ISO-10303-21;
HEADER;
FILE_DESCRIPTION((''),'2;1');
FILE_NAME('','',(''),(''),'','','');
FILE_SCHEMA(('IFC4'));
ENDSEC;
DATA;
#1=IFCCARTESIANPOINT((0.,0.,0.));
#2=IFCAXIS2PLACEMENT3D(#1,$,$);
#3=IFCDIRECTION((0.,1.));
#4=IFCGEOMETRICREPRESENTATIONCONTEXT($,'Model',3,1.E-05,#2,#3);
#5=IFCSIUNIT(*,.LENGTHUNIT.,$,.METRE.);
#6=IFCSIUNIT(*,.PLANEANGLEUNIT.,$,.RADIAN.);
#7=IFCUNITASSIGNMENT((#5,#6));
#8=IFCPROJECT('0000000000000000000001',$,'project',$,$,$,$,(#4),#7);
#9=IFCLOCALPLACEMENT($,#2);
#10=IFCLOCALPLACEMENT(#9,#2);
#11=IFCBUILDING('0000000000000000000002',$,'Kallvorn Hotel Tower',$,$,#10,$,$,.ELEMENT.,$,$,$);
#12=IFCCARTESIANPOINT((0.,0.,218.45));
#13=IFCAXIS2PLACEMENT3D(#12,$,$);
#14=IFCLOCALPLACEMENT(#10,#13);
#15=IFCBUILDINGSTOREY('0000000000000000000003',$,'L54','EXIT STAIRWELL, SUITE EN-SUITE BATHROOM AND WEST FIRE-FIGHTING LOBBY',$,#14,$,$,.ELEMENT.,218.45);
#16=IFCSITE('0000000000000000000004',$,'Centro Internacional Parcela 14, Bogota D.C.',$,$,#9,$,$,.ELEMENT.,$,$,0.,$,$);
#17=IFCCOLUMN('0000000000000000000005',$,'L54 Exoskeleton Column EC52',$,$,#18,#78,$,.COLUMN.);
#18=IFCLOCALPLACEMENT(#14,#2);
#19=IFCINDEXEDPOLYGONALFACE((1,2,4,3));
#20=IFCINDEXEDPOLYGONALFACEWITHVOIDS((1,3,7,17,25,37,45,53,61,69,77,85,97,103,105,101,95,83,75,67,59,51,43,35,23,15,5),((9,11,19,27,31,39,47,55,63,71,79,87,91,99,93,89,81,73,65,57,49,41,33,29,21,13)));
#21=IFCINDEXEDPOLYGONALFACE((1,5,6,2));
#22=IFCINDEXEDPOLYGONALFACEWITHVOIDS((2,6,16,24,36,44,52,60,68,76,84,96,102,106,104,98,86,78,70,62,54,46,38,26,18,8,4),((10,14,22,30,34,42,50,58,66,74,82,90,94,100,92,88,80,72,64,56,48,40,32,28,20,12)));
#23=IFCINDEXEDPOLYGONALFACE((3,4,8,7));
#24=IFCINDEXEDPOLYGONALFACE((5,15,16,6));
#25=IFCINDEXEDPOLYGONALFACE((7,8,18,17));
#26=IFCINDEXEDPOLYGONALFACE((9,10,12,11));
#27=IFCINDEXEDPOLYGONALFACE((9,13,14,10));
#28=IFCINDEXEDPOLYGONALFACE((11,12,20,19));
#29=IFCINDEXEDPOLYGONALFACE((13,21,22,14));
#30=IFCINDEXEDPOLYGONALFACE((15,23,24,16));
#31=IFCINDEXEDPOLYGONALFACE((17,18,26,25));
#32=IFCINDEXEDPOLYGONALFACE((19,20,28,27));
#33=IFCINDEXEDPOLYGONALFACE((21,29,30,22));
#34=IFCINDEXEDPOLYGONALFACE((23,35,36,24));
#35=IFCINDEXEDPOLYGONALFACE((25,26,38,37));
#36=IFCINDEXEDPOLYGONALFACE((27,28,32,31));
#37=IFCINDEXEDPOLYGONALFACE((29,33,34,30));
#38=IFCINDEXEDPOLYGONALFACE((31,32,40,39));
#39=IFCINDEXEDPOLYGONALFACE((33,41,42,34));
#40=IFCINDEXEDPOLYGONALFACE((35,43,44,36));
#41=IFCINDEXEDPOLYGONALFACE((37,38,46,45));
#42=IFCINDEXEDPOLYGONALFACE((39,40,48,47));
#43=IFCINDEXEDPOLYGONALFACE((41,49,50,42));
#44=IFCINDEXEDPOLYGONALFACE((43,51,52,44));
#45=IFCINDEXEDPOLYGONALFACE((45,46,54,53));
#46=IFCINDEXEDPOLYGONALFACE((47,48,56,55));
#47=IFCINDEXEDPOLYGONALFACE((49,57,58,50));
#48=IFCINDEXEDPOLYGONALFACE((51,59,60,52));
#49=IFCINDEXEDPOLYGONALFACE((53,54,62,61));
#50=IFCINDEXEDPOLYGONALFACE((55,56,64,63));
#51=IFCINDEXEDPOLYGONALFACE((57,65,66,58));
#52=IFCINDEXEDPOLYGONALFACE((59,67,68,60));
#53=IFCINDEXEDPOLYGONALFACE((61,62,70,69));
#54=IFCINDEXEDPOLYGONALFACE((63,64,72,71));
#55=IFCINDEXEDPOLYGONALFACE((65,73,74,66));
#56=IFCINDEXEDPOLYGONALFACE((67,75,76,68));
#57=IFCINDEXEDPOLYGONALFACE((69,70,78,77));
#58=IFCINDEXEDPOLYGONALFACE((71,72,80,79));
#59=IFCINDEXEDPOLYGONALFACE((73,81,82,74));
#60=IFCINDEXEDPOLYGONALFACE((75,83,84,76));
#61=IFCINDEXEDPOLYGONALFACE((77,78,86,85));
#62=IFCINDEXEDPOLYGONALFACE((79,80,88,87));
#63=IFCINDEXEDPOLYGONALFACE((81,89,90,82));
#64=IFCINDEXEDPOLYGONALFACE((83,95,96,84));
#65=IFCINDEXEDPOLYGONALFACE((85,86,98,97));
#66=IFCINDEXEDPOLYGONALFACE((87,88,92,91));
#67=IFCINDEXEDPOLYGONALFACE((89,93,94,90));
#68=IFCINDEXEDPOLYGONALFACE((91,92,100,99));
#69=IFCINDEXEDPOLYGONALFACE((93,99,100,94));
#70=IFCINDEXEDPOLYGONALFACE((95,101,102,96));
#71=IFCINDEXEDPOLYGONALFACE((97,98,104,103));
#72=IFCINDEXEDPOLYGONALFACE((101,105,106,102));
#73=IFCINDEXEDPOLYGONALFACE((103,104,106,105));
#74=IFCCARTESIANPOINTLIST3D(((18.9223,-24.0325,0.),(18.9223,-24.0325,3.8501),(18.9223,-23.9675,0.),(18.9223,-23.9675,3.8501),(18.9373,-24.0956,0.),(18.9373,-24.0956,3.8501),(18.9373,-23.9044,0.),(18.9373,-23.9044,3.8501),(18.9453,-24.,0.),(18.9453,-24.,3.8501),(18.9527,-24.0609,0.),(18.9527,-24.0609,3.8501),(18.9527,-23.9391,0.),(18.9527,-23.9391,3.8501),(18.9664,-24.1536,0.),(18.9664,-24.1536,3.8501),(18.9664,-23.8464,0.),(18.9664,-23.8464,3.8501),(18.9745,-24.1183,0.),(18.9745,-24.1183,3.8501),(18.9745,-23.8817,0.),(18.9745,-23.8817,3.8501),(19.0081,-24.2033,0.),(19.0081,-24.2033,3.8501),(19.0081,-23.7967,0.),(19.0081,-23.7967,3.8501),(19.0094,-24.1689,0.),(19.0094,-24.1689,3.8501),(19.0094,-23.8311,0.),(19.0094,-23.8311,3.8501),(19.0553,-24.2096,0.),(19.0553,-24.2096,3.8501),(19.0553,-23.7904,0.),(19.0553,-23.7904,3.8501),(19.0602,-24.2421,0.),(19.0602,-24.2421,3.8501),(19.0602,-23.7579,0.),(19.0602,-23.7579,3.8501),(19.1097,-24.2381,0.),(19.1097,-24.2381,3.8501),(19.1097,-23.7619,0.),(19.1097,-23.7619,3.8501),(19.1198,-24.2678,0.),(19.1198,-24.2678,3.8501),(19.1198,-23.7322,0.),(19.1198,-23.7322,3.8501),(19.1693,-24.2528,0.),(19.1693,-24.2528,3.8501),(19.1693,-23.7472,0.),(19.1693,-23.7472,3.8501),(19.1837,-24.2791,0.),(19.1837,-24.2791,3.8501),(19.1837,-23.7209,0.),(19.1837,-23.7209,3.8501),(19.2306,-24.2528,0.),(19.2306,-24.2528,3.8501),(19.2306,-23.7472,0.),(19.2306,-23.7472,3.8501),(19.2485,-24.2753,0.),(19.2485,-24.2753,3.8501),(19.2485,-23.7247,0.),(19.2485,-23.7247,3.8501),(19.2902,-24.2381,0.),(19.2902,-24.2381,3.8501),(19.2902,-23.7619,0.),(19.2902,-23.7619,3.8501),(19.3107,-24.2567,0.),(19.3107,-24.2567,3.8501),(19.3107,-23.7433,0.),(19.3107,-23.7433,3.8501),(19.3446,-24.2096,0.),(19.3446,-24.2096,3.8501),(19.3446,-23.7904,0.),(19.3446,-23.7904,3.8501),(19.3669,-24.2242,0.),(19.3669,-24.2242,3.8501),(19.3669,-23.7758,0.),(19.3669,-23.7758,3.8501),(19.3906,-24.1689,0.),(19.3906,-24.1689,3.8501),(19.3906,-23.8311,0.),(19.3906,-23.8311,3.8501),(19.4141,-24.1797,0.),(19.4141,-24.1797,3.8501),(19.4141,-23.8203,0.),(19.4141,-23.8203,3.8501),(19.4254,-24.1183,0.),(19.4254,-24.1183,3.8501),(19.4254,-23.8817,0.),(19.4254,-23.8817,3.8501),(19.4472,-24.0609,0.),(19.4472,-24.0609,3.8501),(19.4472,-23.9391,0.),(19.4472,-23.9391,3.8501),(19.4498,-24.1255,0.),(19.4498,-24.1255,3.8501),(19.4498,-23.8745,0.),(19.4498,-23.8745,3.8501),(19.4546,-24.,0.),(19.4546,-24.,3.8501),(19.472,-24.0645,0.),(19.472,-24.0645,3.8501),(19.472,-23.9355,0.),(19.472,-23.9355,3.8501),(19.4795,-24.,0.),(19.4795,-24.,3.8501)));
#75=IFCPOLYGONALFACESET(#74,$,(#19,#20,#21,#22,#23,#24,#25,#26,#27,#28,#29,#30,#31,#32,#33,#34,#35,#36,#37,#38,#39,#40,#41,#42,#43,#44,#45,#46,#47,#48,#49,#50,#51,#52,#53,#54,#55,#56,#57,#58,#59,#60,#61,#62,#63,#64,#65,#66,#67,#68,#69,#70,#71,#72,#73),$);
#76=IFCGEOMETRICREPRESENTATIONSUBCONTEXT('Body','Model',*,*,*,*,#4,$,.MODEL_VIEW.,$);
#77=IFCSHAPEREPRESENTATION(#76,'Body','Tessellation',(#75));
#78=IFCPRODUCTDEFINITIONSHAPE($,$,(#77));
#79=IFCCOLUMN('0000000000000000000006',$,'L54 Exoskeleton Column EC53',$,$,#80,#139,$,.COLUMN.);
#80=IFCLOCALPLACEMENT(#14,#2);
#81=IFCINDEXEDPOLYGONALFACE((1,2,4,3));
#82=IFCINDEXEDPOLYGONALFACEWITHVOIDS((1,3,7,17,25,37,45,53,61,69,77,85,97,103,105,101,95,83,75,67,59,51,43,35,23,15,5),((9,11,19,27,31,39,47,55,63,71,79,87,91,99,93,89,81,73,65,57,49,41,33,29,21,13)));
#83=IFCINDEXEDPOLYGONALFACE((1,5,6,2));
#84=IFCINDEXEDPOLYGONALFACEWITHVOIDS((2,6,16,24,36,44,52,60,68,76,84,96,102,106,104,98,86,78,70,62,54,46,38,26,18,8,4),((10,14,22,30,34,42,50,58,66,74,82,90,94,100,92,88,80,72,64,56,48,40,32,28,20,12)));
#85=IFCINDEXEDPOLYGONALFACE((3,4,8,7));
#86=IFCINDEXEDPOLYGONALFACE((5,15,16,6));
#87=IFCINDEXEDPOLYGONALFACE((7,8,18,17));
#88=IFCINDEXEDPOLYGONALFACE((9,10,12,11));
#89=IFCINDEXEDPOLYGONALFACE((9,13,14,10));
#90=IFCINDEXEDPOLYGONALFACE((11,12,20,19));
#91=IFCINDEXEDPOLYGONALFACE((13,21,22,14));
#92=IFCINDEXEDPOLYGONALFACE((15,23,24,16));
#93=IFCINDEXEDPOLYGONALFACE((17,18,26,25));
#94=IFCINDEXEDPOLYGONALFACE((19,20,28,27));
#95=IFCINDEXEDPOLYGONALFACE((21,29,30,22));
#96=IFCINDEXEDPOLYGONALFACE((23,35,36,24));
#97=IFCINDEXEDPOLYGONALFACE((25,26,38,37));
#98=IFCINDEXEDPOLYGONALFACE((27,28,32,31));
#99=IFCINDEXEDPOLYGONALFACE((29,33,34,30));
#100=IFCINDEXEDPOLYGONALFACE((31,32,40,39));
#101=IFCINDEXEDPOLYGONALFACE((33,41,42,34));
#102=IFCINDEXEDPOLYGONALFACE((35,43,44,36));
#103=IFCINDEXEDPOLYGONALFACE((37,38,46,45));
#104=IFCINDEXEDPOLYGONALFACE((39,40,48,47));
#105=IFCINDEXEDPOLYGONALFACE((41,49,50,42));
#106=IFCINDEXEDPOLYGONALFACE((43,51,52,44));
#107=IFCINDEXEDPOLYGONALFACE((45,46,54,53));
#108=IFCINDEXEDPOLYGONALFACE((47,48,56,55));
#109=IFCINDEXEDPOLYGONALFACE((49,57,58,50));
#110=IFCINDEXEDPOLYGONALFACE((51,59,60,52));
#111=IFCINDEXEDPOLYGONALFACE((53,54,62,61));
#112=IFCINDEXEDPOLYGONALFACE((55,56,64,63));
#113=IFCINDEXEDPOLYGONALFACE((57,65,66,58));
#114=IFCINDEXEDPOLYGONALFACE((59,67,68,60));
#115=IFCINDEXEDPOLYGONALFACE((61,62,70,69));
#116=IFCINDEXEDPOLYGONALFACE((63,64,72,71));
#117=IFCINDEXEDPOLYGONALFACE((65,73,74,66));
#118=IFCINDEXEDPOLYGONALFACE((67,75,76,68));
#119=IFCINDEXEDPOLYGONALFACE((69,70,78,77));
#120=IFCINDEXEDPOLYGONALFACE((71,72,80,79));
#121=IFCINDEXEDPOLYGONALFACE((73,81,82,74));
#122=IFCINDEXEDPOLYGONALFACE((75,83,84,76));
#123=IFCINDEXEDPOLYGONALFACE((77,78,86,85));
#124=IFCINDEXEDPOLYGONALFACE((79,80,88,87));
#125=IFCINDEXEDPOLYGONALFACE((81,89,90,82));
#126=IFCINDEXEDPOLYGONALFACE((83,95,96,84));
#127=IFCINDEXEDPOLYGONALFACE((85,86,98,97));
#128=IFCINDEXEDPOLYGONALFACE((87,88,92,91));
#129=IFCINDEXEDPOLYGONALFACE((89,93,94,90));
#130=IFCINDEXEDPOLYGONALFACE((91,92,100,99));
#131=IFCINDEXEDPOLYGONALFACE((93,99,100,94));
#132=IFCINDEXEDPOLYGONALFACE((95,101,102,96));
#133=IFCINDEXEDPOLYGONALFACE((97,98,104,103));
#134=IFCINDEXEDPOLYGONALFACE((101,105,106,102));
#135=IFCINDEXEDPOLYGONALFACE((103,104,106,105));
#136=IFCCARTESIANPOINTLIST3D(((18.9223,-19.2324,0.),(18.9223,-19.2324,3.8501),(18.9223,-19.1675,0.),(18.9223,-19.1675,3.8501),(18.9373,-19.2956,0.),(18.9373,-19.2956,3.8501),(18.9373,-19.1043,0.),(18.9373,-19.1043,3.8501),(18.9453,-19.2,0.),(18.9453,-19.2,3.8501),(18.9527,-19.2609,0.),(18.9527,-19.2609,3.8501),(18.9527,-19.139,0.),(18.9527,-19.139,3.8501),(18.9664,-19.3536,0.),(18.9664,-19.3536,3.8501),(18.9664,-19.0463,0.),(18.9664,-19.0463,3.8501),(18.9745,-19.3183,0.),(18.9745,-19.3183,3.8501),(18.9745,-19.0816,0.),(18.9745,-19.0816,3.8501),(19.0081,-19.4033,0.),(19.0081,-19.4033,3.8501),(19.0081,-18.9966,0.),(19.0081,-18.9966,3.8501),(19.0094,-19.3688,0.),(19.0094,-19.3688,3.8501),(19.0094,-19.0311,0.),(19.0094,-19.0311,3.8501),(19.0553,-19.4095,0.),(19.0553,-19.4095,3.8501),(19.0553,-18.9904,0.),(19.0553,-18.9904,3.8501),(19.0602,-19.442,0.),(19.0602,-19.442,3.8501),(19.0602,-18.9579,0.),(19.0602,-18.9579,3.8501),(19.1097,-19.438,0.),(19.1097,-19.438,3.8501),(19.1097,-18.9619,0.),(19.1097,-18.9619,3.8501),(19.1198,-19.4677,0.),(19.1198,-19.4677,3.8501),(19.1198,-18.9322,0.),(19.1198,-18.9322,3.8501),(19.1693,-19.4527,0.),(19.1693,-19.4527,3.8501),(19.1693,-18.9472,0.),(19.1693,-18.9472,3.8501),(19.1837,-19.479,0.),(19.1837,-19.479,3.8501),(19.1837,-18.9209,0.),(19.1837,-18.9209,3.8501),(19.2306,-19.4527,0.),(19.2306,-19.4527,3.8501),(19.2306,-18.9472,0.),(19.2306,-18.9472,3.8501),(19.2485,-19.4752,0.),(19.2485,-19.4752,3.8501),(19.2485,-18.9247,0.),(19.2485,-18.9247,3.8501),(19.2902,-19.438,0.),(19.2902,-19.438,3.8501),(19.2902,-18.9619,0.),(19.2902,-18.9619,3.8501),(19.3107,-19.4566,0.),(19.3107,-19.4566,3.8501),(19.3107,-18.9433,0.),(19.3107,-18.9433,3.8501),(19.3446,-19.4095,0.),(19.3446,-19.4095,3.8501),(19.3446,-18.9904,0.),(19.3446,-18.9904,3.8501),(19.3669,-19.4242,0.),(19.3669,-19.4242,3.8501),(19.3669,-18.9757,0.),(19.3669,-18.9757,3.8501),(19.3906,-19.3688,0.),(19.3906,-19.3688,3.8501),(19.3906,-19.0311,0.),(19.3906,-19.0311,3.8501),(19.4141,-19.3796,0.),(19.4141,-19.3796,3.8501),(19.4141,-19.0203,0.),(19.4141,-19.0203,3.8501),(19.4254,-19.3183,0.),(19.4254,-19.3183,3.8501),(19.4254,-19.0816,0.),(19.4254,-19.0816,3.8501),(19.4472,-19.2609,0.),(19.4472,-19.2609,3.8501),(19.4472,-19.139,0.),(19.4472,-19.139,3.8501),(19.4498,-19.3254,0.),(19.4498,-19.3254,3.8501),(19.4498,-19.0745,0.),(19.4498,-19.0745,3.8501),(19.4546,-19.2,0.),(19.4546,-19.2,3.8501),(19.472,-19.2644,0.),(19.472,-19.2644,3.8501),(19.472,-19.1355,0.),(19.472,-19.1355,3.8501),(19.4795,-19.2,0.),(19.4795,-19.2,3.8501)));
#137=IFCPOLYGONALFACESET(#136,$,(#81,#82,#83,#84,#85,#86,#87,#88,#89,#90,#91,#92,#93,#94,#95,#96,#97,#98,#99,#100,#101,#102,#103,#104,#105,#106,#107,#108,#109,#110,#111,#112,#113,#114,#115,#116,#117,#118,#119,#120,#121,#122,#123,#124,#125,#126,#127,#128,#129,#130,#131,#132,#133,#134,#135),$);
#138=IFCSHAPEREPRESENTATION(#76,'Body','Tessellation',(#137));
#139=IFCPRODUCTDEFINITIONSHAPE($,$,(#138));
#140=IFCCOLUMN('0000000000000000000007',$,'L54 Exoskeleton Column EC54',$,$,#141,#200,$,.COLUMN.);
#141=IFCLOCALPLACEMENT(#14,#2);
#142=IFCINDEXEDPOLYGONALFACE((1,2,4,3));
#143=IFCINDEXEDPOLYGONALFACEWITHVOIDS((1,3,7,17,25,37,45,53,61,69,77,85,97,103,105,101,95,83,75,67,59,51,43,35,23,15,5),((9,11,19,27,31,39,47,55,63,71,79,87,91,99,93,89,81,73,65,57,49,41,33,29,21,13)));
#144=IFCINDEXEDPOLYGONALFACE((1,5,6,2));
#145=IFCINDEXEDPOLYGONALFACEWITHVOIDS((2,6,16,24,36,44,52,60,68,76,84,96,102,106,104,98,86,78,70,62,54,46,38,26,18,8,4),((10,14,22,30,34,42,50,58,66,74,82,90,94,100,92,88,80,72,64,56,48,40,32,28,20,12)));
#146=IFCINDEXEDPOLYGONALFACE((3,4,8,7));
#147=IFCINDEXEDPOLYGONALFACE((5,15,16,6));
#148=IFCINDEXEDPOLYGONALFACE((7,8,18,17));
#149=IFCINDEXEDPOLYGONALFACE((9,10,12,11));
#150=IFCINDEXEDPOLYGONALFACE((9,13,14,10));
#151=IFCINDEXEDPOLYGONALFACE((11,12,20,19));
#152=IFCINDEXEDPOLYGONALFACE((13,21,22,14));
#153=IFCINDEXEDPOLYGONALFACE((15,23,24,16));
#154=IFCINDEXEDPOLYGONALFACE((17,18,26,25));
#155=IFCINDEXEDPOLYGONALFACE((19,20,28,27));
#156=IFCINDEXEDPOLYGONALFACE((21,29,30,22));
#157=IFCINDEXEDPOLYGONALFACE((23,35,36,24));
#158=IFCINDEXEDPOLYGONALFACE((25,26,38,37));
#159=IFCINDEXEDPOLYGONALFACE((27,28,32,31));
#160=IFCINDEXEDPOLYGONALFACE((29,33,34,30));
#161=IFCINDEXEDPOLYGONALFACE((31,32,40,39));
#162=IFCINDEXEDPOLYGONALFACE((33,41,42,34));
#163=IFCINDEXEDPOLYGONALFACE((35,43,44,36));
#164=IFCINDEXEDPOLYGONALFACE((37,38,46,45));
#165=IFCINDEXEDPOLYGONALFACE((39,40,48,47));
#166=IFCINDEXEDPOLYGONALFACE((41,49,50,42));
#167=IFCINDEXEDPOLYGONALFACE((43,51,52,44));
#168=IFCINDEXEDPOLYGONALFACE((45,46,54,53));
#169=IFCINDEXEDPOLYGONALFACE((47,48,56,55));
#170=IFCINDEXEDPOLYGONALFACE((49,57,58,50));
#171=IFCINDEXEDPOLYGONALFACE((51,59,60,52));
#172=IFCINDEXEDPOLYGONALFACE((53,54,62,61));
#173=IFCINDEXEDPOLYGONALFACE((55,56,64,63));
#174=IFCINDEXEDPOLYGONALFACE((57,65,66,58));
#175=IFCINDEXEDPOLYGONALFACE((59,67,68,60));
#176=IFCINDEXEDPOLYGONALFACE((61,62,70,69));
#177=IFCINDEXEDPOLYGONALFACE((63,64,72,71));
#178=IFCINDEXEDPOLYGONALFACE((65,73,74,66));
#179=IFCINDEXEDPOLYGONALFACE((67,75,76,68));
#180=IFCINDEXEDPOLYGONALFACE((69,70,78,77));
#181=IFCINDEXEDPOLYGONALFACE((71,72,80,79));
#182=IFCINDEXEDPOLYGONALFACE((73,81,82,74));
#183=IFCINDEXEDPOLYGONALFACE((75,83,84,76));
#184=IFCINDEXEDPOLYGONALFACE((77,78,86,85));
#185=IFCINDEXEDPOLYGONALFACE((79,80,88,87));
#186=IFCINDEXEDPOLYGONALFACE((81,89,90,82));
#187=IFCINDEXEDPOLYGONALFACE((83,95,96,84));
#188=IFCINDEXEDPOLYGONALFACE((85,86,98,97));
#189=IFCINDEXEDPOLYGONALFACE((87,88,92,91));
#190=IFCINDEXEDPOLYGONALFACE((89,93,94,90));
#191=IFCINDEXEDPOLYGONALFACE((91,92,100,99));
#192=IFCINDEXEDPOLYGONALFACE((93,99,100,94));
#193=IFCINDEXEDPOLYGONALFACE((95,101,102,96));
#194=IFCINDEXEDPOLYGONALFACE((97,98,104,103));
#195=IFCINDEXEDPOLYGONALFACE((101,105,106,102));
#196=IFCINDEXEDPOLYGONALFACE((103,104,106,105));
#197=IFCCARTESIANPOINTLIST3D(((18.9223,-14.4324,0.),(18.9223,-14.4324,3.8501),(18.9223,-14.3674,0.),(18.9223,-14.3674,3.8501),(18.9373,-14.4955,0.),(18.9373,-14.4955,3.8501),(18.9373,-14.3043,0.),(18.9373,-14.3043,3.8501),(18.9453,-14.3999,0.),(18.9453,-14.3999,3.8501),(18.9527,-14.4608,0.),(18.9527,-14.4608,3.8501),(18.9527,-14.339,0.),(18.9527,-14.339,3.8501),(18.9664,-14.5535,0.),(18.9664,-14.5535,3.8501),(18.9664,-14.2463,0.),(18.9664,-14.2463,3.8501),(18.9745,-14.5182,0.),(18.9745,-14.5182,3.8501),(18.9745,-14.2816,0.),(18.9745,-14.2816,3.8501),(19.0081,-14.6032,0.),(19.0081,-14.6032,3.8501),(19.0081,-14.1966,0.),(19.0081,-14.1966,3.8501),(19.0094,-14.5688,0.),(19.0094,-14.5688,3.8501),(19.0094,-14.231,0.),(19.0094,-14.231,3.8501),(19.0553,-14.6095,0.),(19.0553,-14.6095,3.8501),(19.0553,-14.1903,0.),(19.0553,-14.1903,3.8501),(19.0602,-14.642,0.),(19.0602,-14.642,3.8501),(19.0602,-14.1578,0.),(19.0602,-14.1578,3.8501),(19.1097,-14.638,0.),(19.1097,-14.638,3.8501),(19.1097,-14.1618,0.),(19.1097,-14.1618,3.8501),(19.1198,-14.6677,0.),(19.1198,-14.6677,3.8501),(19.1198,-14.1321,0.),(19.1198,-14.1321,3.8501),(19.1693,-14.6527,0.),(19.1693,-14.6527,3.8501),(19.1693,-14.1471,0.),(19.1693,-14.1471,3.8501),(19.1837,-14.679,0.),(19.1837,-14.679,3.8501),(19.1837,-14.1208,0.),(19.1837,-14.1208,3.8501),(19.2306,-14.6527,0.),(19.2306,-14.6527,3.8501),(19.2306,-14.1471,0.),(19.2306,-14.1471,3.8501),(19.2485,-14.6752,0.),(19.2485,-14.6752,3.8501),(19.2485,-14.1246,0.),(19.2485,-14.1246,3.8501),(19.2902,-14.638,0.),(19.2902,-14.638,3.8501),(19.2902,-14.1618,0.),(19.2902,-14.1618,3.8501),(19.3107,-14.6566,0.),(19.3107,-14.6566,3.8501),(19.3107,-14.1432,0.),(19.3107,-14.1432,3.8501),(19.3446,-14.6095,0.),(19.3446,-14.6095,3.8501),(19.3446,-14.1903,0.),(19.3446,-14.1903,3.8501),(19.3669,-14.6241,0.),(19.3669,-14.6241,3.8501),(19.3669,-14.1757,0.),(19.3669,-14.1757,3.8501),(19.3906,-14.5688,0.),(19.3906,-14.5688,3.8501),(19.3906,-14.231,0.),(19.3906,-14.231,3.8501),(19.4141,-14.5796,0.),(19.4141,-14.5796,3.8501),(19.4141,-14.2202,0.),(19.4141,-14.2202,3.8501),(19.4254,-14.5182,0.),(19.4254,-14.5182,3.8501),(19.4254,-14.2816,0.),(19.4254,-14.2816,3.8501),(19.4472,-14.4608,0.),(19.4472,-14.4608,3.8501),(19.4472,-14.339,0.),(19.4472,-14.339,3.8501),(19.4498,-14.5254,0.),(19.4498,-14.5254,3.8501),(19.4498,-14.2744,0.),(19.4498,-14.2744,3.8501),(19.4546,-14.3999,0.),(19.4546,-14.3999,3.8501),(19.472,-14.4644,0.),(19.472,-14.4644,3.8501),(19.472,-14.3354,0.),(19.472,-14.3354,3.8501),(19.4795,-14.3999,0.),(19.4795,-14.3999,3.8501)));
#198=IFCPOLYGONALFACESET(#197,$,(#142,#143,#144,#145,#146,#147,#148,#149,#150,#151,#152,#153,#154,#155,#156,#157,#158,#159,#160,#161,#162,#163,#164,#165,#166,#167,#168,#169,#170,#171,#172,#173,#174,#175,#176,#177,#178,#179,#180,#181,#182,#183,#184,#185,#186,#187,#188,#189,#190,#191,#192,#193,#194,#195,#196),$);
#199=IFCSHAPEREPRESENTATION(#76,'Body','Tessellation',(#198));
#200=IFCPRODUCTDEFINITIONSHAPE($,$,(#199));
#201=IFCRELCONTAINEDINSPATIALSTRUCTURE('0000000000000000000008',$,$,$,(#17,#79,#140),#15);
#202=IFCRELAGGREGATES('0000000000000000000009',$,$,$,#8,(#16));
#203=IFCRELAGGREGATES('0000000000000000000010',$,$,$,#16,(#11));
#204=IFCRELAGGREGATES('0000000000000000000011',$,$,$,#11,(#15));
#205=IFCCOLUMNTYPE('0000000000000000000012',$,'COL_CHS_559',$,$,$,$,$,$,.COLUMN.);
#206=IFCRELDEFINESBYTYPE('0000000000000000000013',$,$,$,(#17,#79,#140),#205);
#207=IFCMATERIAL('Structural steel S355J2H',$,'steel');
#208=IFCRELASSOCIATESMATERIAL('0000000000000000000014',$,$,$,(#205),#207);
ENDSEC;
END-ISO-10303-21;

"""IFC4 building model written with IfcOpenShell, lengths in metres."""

from ifc_helpers import new_model, si_unit, direction, frame, origin, origin_2d, place, context, subcontext, project, spatial, hollow_circle, extrude, material, material_profile, profile_set, type_object, element, save


model = new_model("IFC4")

# Units and contexts
model_context = context("Model", 3, precision=1e-05, world=origin(), true_north=direction((0.0, 1.0)))
body_context = subcontext(model_context, "Body", "Model", "MODEL_VIEW")
ifc_project = project(units=[si_unit("LENGTHUNIT", "METRE"), si_unit("PLANEANGLEUNIT", "RADIAN")], contexts=[model_context])

# Site, building, storey
site_placement = place(None, origin())
site = spatial("IfcSite", under=ifc_project, at=site_placement, Name="Centro Internacional Parcela 14, Bogota D.C.", CompositionType="ELEMENT", RefElevation=0.0)
building_placement = place(site_placement, origin())
building = spatial("IfcBuilding", under=site, at=building_placement, Name="Kallvorn Hotel Tower", CompositionType="ELEMENT")
storey_placement = place(building_placement, frame((0.0, 0.0, 218.45)))
storey = spatial("IfcBuildingStorey", under=building, at=storey_placement, Name="L54", Description="EXIT STAIRWELL, SUITE EN-SUITE BATHROOM AND WEST FIRE-FIGHTING LOBBY", CompositionType="ELEMENT", Elevation=218.45)

# Columns
ifc_material_1 = material(Name="Structural steel S355J2H", Category="steel")
ifc_material_profile_1 = material_profile(ifc_material_1, hollow_circle(Radius=0.2795, WallThickness=0.0249, at=origin_2d()), Name="CHS 559x25")
ifc_profile_set_1 = profile_set([ifc_material_profile_1], Name="Structural steel S355J2H")
column_type = type_object("IfcColumnType", Name="COL_CHS_559", PredefinedType="COLUMN", material=ifc_profile_set_1)
for number, where, z_axis, x_axis, name in (
    (1, (19.2, -24.0, 0.0), (0.0, 0.0, 1.0), (1.0, 0.0, 0.0), "L54 Exoskeleton Column EC52"),
    (2, (19.2, -19.2, 0.0), (0.0, 0.0, 1.0), (1.0, 0.0, 0.0), "L54 Exoskeleton Column EC53"),
    (3, (19.2, -14.3999, 0.0), (0.0, 0.0, 1.0), (1.0, 0.0, 0.0), "L54 Exoskeleton Column EC54"),
):
    element("IfcColumn", number, at=place(storey_placement, frame(where, z_axis=z_axis, x_axis=x_axis)), inside=storey, type_object=column_type, Name=name, PredefinedType="COLUMN", context=body_context, shape_type="SweptSolid", body=[
        extrude(hollow_circle(Radius=0.2795, WallThickness=0.0249, at=origin_2d()), origin(), (0.0, 0.0, 1.0), 3.8501),
    ])

save(model, "model.ifc")
